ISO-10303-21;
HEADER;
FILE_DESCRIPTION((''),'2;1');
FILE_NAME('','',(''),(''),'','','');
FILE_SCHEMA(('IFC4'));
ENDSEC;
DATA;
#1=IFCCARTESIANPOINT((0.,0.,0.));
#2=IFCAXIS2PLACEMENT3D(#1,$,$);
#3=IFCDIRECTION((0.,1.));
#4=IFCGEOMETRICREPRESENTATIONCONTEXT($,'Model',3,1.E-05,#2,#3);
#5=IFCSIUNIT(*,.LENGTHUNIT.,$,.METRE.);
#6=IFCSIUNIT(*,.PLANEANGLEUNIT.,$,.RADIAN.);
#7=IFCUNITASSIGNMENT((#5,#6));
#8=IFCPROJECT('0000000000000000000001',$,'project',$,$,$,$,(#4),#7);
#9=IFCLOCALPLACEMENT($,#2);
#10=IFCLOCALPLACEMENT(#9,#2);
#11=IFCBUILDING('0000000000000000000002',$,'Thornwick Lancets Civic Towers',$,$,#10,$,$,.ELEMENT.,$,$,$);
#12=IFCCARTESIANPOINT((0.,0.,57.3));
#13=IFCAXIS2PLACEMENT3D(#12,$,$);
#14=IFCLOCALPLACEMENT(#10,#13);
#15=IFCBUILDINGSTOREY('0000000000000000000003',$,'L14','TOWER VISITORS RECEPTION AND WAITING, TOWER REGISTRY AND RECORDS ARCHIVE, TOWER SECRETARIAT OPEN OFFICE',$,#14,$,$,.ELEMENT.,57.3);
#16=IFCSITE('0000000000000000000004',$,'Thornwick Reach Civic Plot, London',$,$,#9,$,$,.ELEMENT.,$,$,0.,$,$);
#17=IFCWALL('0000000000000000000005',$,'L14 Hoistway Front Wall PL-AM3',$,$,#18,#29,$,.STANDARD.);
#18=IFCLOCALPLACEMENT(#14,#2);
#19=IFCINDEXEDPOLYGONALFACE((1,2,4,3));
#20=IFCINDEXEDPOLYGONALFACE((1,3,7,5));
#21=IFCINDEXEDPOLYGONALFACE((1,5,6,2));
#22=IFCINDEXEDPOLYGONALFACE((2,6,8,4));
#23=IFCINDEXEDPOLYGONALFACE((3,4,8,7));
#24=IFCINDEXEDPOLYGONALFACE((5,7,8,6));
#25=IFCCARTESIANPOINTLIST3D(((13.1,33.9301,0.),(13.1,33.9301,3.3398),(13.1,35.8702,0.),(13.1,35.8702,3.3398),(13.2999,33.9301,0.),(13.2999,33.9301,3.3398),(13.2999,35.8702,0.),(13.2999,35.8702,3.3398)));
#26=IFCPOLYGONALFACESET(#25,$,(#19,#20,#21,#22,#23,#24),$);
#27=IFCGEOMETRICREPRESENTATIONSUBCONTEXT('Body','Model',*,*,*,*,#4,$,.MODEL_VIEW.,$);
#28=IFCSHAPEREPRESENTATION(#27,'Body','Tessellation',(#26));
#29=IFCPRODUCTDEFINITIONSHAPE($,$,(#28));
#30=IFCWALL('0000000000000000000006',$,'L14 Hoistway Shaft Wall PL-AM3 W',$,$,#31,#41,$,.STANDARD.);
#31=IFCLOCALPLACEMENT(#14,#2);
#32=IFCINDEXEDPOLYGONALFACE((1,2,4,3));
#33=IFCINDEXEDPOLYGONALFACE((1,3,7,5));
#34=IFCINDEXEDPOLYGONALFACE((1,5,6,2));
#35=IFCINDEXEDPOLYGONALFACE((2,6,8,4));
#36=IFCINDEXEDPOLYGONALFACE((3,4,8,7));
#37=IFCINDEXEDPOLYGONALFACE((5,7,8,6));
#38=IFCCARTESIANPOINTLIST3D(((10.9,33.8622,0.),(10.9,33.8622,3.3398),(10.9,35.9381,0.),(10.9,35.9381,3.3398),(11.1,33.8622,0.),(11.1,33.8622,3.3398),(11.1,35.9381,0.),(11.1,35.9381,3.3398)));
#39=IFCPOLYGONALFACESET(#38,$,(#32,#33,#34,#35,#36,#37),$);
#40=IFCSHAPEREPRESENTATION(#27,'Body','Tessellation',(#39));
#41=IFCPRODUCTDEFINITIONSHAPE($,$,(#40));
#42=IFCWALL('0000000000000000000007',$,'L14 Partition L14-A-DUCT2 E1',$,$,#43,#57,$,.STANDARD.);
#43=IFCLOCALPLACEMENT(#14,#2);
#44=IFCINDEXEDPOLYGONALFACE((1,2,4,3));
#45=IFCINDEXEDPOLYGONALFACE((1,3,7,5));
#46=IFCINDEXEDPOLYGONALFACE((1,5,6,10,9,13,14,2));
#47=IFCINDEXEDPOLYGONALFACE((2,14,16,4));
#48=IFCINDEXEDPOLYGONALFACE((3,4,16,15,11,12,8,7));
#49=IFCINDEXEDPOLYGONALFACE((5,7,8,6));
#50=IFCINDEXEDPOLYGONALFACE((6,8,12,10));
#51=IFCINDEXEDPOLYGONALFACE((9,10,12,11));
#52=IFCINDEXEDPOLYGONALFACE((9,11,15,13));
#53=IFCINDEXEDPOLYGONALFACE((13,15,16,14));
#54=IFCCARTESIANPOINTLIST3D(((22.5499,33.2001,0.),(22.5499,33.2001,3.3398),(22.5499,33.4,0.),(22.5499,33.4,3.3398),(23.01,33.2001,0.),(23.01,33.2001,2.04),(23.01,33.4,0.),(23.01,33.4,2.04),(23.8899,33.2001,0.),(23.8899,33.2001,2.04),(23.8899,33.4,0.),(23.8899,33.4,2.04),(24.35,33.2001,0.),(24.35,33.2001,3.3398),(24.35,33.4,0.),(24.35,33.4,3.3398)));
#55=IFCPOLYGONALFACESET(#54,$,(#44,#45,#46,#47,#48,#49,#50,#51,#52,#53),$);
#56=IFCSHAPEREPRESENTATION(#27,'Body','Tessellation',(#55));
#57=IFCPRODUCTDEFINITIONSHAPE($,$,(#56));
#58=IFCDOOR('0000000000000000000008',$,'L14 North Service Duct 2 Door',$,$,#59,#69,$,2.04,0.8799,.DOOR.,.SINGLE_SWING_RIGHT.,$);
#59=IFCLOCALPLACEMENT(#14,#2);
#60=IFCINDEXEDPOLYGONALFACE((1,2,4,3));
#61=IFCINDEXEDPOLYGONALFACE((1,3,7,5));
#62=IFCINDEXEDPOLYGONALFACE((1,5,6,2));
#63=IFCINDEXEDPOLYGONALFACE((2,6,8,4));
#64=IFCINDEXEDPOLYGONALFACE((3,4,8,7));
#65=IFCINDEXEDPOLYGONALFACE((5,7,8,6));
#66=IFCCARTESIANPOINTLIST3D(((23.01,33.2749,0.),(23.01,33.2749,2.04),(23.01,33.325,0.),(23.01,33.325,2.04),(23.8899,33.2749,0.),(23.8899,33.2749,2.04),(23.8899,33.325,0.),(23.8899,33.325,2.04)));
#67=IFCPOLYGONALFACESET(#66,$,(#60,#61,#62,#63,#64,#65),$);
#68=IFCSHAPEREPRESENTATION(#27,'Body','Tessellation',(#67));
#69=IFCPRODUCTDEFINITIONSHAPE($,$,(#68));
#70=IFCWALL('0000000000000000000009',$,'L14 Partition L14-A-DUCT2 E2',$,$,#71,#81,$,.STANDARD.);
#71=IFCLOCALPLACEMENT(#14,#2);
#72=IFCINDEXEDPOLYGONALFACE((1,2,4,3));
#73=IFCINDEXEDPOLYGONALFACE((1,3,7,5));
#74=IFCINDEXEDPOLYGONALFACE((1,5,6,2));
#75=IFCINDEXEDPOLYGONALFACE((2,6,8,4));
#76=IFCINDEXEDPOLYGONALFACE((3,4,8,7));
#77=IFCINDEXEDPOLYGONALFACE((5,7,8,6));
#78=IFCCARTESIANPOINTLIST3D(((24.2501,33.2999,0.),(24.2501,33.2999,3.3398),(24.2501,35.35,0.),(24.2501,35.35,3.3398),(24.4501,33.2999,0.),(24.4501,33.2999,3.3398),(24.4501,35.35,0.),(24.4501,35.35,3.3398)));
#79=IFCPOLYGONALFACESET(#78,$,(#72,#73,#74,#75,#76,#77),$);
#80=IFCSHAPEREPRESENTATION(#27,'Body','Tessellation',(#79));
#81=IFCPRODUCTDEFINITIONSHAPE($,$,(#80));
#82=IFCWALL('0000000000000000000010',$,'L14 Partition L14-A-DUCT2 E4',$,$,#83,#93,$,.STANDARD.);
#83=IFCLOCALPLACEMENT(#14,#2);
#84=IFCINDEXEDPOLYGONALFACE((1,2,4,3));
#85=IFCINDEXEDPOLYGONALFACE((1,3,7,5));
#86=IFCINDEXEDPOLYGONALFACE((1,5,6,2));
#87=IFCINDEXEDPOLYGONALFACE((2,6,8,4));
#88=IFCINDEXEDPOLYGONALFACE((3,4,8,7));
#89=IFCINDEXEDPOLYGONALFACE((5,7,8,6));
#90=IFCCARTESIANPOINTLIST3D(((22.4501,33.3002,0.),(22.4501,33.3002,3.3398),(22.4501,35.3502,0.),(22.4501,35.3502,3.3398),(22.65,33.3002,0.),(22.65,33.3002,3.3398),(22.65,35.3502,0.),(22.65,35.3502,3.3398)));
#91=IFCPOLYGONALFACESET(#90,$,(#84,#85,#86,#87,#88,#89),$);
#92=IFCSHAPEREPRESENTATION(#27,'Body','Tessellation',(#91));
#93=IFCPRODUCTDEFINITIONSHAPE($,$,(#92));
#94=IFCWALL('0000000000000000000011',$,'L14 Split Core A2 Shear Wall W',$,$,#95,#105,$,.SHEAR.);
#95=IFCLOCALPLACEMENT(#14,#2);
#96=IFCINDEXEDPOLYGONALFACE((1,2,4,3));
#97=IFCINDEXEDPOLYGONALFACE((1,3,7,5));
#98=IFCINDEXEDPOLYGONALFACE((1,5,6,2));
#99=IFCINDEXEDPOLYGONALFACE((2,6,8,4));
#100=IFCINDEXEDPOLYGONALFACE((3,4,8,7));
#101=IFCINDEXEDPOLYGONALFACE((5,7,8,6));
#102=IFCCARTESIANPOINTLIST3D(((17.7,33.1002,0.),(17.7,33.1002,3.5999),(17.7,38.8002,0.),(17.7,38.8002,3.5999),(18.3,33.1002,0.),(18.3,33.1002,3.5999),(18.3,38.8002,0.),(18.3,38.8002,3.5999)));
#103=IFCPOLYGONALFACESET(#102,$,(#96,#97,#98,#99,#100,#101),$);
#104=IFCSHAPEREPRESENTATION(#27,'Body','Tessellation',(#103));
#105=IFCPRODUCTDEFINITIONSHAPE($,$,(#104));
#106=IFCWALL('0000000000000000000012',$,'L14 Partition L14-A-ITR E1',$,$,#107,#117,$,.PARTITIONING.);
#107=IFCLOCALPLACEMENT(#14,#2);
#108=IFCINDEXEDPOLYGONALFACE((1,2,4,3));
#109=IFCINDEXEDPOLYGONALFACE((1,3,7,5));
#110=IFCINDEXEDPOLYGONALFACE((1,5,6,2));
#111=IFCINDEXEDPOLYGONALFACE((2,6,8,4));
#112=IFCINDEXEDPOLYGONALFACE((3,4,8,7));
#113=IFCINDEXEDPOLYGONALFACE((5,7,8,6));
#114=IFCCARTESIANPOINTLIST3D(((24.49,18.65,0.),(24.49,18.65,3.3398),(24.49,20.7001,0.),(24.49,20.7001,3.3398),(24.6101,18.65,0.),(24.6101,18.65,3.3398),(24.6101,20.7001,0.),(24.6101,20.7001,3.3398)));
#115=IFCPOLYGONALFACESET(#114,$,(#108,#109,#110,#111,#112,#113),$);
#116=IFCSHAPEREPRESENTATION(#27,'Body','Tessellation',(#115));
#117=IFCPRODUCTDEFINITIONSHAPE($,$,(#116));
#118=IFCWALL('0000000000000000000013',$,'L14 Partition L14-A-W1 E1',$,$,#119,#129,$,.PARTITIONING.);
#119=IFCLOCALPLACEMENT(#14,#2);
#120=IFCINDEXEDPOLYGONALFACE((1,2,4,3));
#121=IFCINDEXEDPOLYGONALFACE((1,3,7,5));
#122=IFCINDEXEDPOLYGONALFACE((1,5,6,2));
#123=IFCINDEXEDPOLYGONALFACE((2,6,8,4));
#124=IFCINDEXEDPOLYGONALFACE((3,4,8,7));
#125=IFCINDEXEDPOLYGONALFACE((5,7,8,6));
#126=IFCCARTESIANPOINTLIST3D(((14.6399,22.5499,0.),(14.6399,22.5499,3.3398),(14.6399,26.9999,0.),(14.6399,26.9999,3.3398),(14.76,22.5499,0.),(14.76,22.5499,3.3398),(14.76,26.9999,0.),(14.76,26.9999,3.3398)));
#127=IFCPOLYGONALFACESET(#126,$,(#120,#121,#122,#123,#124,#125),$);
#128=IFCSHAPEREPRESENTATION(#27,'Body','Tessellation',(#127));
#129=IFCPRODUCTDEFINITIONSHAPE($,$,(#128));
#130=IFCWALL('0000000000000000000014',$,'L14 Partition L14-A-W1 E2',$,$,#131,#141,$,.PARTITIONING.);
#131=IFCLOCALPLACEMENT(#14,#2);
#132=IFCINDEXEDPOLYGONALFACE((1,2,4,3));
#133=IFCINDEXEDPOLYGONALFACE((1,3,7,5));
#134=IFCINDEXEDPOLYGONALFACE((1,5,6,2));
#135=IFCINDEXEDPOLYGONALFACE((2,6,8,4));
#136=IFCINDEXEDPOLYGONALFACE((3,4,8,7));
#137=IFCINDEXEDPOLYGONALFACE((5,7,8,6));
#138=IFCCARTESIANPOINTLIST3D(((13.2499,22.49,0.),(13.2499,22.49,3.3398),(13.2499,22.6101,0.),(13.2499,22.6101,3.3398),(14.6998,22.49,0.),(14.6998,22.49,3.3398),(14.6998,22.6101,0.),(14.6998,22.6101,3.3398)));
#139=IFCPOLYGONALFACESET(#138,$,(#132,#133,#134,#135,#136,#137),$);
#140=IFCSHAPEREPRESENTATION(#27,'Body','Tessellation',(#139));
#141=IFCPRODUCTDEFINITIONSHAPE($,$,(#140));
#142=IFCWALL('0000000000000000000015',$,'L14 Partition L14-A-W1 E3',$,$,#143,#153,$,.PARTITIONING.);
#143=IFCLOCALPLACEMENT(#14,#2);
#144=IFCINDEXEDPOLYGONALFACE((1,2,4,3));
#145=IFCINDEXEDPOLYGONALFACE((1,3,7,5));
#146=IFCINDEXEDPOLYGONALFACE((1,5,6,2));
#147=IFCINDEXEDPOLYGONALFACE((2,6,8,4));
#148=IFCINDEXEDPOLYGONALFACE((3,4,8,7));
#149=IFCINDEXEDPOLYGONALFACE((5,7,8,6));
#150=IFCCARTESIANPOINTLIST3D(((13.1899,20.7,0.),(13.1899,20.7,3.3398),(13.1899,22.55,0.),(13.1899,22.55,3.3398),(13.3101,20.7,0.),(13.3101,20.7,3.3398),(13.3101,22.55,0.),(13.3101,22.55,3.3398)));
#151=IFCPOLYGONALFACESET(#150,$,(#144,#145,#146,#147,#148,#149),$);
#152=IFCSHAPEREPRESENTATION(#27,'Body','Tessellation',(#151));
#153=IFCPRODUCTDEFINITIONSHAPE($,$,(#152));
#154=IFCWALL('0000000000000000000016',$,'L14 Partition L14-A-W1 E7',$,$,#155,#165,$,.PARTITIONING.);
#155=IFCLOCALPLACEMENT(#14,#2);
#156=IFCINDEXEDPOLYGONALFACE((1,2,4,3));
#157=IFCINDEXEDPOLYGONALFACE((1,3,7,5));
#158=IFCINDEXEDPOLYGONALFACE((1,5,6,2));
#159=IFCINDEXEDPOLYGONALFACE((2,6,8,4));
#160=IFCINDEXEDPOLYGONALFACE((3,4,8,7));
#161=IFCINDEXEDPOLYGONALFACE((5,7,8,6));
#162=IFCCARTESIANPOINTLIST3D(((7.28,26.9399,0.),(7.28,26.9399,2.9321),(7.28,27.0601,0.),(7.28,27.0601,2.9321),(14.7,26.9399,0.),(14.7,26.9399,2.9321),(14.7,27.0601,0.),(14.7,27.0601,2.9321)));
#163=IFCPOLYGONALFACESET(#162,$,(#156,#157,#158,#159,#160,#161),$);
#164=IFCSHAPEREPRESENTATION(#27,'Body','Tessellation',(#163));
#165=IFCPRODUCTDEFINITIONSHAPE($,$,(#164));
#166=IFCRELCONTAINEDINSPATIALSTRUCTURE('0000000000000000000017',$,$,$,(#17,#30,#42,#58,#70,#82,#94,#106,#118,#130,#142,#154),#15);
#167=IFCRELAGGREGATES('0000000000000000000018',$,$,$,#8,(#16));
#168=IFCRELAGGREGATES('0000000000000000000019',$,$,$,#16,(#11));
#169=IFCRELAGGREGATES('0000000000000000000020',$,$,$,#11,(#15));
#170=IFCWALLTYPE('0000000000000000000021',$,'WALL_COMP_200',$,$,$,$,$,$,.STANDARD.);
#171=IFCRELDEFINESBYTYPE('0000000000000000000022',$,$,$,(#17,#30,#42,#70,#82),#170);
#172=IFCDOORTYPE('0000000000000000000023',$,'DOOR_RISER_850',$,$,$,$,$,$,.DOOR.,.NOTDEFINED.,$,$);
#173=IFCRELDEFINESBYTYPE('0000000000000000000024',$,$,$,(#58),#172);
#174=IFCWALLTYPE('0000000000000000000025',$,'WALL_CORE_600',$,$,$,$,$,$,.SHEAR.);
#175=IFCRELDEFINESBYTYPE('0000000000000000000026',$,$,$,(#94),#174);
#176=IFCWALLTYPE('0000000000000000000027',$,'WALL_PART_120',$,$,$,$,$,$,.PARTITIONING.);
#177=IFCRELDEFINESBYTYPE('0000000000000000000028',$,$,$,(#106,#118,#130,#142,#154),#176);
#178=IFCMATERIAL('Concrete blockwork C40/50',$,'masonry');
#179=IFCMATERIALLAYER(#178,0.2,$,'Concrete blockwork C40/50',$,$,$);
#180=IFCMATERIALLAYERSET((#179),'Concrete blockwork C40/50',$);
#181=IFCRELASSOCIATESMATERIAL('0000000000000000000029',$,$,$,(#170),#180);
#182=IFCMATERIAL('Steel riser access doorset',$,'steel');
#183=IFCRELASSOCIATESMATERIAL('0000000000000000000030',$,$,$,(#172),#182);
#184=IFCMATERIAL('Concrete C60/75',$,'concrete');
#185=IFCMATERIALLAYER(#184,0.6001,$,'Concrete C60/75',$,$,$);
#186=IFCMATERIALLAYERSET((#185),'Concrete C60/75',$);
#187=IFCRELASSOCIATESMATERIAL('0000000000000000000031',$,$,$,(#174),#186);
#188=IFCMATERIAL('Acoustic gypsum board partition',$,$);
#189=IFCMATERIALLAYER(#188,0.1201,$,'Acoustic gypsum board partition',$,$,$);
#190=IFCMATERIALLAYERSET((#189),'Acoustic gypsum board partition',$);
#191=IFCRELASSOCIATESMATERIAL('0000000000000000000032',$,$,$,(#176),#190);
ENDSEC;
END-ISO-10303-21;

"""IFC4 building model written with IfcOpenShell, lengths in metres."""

from ifc_helpers import new_model, si_unit, direction, frame, frame_2d, origin, place, context, subcontext, project, spatial, rectangle, extrude, material, layer, layer_set, type_object, element, fill, save


model = new_model("IFC4")

# Units and contexts
model_context = context("Model", 3, precision=1e-05, world=origin(), true_north=direction((0.0, 1.0)))
body_context = subcontext(model_context, "Body", "Model", "MODEL_VIEW")
ifc_project = project(units=[si_unit("LENGTHUNIT", "METRE"), si_unit("PLANEANGLEUNIT", "RADIAN")], contexts=[model_context])

# Site, building, storey
site_placement = place(None, origin())
site = spatial("IfcSite", under=ifc_project, at=site_placement, Name="Thornwick Reach Civic Plot, London", CompositionType="ELEMENT", RefElevation=0.0)
building_placement = place(site_placement, origin())
building = spatial("IfcBuilding", under=site, at=building_placement, Name="Thornwick Lancets Civic Towers", CompositionType="ELEMENT")
storey_placement = place(building_placement, frame((0.0, 0.0, 57.3)))
storey = spatial("IfcBuildingStorey", under=building, at=storey_placement, Name="L14", Description="TOWER VISITORS RECEPTION AND WAITING, TOWER REGISTRY AND RECORDS ARCHIVE, TOWER SECRETARIAT OPEN OFFICE", CompositionType="ELEMENT", Elevation=57.3)

# Shared definitions
ifc_material_1 = material(Name="Concrete C60/75", Category="concrete")

# Walls
ifc_material_2 = material(Name="Concrete blockwork C40/50", Category="masonry")
ifc_layer_1 = layer(ifc_material_2, 0.2, Name="Concrete blockwork C40/50")
ifc_layer_set_1 = layer_set([ifc_layer_1], Name="Concrete blockwork C40/50")
wall_type_1 = type_object("IfcWallType", Name="WALL_COMP_200", PredefinedType="STANDARD", material=ifc_layer_set_1)
wall_1_placement = place(storey_placement, frame((13.2, 33.9299, 0.0), z_axis=(0.0, 0.0, 1.0), x_axis=(0.0, 1.0, 0.0)))
element("IfcWall", 1, at=wall_1_placement, inside=storey, type_object=wall_type_1, Name="L14 Hoistway Front Wall PL-AM3", PredefinedType="STANDARD", context=body_context, shape_type="SweptSolid", body=[
    extrude(rectangle(XDim=1.9402, YDim=0.2, at=frame_2d((0.9702, 0.0))), origin(), (0.0, 0.0, 1.0), 3.3398),
])
wall_2_placement = place(storey_placement, frame((11.0, 33.8621, 0.0), z_axis=(0.0, 0.0, 1.0), x_axis=(0.0, 1.0, 0.0)))
element("IfcWall", 2, at=wall_2_placement, inside=storey, type_object=wall_type_1, Name="L14 Hoistway Shaft Wall PL-AM3 W", PredefinedType="STANDARD", context=body_context, shape_type="SweptSolid", body=[
    extrude(rectangle(XDim=2.0759, YDim=0.2, at=frame_2d((1.0381, 0.0))), origin(), (0.0, 0.0, 1.0), 3.3398),
])

# Wall, opening, door
wall_3_placement = place(storey_placement, frame((22.55, 33.3, 0.0), z_axis=(0.0, 0.0, 1.0), x_axis=(1.0, 0.0, 0.0)))
wall_3 = element("IfcWall", 3, at=wall_3_placement, inside=storey, type_object=wall_type_1, Name="L14 Partition L14-A-DUCT2 E1", PredefinedType="STANDARD", context=body_context, shape_type="SweptSolid", body=[
    extrude(rectangle(XDim=1.8, YDim=0.2, at=frame_2d((0.8999, 0.0))), origin(), (0.0, 0.0, 1.0), 3.3398),
])
opening_1_placement = place(wall_3_placement, frame((0.46, 0.0, 0.0)))
opening_1 = element("IfcOpeningElement", 4, at=opening_1_placement, cuts=wall_3, PredefinedType="OPENING", context=body_context, shape_type="SweptSolid", body=[
    extrude(rectangle(XDim=0.8799, YDim=2.04, at=frame_2d((0.4399, 1.02))), frame((0.0, 0.1099, 0.0), z_axis=(0.0, -1.0, 0.0), x_axis=(1.0, 0.0, 0.0)), (0.0, 0.0, 1.0), 0.22),
])
ifc_material_3 = material(Name="Steel riser access doorset", Category="steel")
door_type_1 = type_object("IfcDoorType", Name="DOOR_RISER_850", OperationType="NOTDEFINED", PredefinedType="DOOR", material=ifc_material_3)
door_1_placement = place(opening_1_placement, origin())
door_1 = element("IfcDoor", 5, at=door_1_placement, inside=storey, type_object=door_type_1, Name="L14 North Service Duct 2 Door", OperationType="SINGLE_SWING_RIGHT", OverallHeight=2.04, OverallWidth=0.8799, PredefinedType="DOOR", context=body_context, shape_type="SweptSolid", body=[
    extrude(rectangle(XDim=0.8799, YDim=2.04, at=frame_2d((0.4399, 1.02))), frame((0.0, 0.0249, 0.0), z_axis=(0.0, -1.0, 0.0), x_axis=(1.0, 0.0, 0.0)), (0.0, 0.0, 1.0), 0.05),
])
fill(opening_1, door_1)

# Walls
for number, where, z_axis, x_axis, name in (
    (6, (24.3501, 33.3, 0.0), (0.0, 0.0, 1.0), (0.0, 1.0, 0.0), "L14 Partition L14-A-DUCT2 E2"),
    (7, (22.55, 35.3501, 0.0), (0.0, 0.0, 1.0), (0.0, -1.0, 0.0), "L14 Partition L14-A-DUCT2 E4"),
):
    element("IfcWall", number, at=place(storey_placement, frame(where, z_axis=z_axis, x_axis=x_axis)), inside=storey, type_object=wall_type_1, Name=name, PredefinedType="STANDARD", context=body_context, shape_type="SweptSolid", body=[
        extrude(rectangle(XDim=2.05, YDim=0.2, at=frame_2d((1.0249, 0.0))), origin(), (0.0, 0.0, 1.0), 3.3398),
    ])
ifc_layer_2 = layer(ifc_material_1, 0.6001, Name="Concrete C60/75")
ifc_layer_set_2 = layer_set([ifc_layer_2], Name="Concrete C60/75")
wall_type_2 = type_object("IfcWallType", Name="WALL_CORE_600", PredefinedType="SHEAR", material=ifc_layer_set_2)
wall_4_placement = place(storey_placement, frame((18.0, 33.1001, 0.0), z_axis=(0.0, 0.0, 1.0), x_axis=(0.0, 1.0, 0.0)))
element("IfcWall", 8, at=wall_4_placement, inside=storey, type_object=wall_type_2, Name="L14 Split Core A2 Shear Wall W", PredefinedType="SHEAR", context=body_context, shape_type="SweptSolid", body=[
    extrude(rectangle(XDim=5.7, YDim=0.6001, at=frame_2d((2.8501, 0.0))), origin(), (0.0, 0.0, 1.0), 3.5999),
])
ifc_material_4 = material(Name="Acoustic gypsum board partition")
ifc_layer_3 = layer(ifc_material_4, 0.1201, Name="Acoustic gypsum board partition")
ifc_layer_set_3 = layer_set([ifc_layer_3], Name="Acoustic gypsum board partition")
wall_type_3 = type_object("IfcWallType", Name="WALL_PART_120", PredefinedType="PARTITIONING", material=ifc_layer_set_3)
wall_5_placement = place(storey_placement, frame((24.55, 20.7, 0.0), z_axis=(0.0, 0.0, 1.0), x_axis=(0.0, -1.0, 0.0)))
element("IfcWall", 9, at=wall_5_placement, inside=storey, type_object=wall_type_3, Name="L14 Partition L14-A-ITR E1", PredefinedType="PARTITIONING", context=body_context, shape_type="SweptSolid", body=[
    extrude(rectangle(XDim=2.05, YDim=0.1201, at=frame_2d((1.0249, 0.0))), origin(), (0.0, 0.0, 1.0), 3.3398),
])
wall_6_placement = place(storey_placement, frame((14.7, 27.0, 0.0), z_axis=(0.0, 0.0, 1.0), x_axis=(0.0, -1.0, 0.0)))
element("IfcWall", 10, at=wall_6_placement, inside=storey, type_object=wall_type_3, Name="L14 Partition L14-A-W1 E1", PredefinedType="PARTITIONING", context=body_context, shape_type="SweptSolid", body=[
    extrude(rectangle(XDim=4.45, YDim=0.1201, at=frame_2d((2.2251, 0.0))), origin(), (0.0, 0.0, 1.0), 3.3398),
])
wall_7_placement = place(storey_placement, frame((14.7, 22.55, 0.0), z_axis=(0.0, 0.0, 1.0), x_axis=(-1.0, 0.0, 0.0)))
element("IfcWall", 11, at=wall_7_placement, inside=storey, type_object=wall_type_3, Name="L14 Partition L14-A-W1 E2", PredefinedType="PARTITIONING", context=body_context, shape_type="SweptSolid", body=[
    extrude(rectangle(XDim=1.45, YDim=0.1201, at=frame_2d((0.7251, 0.0))), origin(), (0.0, 0.0, 1.0), 3.3398),
])
wall_8_placement = place(storey_placement, frame((13.25, 22.55, 0.0), z_axis=(0.0, 0.0, 1.0), x_axis=(0.0, -1.0, 0.0)))
element("IfcWall", 12, at=wall_8_placement, inside=storey, type_object=wall_type_3, Name="L14 Partition L14-A-W1 E3", PredefinedType="PARTITIONING", context=body_context, shape_type="SweptSolid", body=[
    extrude(rectangle(XDim=1.8501, YDim=0.1201, at=frame_2d((0.925, 0.0))), origin(), (0.0, 0.0, 1.0), 3.3398),
])
wall_9_placement = place(storey_placement, frame((7.28, 27.0, 0.0), z_axis=(0.0, 0.0, 1.0), x_axis=(1.0, 0.0, 0.0)))
element("IfcWall", 13, at=wall_9_placement, inside=storey, type_object=wall_type_3, Name="L14 Partition L14-A-W1 E7", PredefinedType="PARTITIONING", context=body_context, shape_type="SweptSolid", body=[
    extrude(rectangle(XDim=7.4199, YDim=0.1201, at=frame_2d((3.71, 0.0))), origin(), (0.0, 0.0, 1.0), 2.9321),
])

save(model, "model.ifc")
